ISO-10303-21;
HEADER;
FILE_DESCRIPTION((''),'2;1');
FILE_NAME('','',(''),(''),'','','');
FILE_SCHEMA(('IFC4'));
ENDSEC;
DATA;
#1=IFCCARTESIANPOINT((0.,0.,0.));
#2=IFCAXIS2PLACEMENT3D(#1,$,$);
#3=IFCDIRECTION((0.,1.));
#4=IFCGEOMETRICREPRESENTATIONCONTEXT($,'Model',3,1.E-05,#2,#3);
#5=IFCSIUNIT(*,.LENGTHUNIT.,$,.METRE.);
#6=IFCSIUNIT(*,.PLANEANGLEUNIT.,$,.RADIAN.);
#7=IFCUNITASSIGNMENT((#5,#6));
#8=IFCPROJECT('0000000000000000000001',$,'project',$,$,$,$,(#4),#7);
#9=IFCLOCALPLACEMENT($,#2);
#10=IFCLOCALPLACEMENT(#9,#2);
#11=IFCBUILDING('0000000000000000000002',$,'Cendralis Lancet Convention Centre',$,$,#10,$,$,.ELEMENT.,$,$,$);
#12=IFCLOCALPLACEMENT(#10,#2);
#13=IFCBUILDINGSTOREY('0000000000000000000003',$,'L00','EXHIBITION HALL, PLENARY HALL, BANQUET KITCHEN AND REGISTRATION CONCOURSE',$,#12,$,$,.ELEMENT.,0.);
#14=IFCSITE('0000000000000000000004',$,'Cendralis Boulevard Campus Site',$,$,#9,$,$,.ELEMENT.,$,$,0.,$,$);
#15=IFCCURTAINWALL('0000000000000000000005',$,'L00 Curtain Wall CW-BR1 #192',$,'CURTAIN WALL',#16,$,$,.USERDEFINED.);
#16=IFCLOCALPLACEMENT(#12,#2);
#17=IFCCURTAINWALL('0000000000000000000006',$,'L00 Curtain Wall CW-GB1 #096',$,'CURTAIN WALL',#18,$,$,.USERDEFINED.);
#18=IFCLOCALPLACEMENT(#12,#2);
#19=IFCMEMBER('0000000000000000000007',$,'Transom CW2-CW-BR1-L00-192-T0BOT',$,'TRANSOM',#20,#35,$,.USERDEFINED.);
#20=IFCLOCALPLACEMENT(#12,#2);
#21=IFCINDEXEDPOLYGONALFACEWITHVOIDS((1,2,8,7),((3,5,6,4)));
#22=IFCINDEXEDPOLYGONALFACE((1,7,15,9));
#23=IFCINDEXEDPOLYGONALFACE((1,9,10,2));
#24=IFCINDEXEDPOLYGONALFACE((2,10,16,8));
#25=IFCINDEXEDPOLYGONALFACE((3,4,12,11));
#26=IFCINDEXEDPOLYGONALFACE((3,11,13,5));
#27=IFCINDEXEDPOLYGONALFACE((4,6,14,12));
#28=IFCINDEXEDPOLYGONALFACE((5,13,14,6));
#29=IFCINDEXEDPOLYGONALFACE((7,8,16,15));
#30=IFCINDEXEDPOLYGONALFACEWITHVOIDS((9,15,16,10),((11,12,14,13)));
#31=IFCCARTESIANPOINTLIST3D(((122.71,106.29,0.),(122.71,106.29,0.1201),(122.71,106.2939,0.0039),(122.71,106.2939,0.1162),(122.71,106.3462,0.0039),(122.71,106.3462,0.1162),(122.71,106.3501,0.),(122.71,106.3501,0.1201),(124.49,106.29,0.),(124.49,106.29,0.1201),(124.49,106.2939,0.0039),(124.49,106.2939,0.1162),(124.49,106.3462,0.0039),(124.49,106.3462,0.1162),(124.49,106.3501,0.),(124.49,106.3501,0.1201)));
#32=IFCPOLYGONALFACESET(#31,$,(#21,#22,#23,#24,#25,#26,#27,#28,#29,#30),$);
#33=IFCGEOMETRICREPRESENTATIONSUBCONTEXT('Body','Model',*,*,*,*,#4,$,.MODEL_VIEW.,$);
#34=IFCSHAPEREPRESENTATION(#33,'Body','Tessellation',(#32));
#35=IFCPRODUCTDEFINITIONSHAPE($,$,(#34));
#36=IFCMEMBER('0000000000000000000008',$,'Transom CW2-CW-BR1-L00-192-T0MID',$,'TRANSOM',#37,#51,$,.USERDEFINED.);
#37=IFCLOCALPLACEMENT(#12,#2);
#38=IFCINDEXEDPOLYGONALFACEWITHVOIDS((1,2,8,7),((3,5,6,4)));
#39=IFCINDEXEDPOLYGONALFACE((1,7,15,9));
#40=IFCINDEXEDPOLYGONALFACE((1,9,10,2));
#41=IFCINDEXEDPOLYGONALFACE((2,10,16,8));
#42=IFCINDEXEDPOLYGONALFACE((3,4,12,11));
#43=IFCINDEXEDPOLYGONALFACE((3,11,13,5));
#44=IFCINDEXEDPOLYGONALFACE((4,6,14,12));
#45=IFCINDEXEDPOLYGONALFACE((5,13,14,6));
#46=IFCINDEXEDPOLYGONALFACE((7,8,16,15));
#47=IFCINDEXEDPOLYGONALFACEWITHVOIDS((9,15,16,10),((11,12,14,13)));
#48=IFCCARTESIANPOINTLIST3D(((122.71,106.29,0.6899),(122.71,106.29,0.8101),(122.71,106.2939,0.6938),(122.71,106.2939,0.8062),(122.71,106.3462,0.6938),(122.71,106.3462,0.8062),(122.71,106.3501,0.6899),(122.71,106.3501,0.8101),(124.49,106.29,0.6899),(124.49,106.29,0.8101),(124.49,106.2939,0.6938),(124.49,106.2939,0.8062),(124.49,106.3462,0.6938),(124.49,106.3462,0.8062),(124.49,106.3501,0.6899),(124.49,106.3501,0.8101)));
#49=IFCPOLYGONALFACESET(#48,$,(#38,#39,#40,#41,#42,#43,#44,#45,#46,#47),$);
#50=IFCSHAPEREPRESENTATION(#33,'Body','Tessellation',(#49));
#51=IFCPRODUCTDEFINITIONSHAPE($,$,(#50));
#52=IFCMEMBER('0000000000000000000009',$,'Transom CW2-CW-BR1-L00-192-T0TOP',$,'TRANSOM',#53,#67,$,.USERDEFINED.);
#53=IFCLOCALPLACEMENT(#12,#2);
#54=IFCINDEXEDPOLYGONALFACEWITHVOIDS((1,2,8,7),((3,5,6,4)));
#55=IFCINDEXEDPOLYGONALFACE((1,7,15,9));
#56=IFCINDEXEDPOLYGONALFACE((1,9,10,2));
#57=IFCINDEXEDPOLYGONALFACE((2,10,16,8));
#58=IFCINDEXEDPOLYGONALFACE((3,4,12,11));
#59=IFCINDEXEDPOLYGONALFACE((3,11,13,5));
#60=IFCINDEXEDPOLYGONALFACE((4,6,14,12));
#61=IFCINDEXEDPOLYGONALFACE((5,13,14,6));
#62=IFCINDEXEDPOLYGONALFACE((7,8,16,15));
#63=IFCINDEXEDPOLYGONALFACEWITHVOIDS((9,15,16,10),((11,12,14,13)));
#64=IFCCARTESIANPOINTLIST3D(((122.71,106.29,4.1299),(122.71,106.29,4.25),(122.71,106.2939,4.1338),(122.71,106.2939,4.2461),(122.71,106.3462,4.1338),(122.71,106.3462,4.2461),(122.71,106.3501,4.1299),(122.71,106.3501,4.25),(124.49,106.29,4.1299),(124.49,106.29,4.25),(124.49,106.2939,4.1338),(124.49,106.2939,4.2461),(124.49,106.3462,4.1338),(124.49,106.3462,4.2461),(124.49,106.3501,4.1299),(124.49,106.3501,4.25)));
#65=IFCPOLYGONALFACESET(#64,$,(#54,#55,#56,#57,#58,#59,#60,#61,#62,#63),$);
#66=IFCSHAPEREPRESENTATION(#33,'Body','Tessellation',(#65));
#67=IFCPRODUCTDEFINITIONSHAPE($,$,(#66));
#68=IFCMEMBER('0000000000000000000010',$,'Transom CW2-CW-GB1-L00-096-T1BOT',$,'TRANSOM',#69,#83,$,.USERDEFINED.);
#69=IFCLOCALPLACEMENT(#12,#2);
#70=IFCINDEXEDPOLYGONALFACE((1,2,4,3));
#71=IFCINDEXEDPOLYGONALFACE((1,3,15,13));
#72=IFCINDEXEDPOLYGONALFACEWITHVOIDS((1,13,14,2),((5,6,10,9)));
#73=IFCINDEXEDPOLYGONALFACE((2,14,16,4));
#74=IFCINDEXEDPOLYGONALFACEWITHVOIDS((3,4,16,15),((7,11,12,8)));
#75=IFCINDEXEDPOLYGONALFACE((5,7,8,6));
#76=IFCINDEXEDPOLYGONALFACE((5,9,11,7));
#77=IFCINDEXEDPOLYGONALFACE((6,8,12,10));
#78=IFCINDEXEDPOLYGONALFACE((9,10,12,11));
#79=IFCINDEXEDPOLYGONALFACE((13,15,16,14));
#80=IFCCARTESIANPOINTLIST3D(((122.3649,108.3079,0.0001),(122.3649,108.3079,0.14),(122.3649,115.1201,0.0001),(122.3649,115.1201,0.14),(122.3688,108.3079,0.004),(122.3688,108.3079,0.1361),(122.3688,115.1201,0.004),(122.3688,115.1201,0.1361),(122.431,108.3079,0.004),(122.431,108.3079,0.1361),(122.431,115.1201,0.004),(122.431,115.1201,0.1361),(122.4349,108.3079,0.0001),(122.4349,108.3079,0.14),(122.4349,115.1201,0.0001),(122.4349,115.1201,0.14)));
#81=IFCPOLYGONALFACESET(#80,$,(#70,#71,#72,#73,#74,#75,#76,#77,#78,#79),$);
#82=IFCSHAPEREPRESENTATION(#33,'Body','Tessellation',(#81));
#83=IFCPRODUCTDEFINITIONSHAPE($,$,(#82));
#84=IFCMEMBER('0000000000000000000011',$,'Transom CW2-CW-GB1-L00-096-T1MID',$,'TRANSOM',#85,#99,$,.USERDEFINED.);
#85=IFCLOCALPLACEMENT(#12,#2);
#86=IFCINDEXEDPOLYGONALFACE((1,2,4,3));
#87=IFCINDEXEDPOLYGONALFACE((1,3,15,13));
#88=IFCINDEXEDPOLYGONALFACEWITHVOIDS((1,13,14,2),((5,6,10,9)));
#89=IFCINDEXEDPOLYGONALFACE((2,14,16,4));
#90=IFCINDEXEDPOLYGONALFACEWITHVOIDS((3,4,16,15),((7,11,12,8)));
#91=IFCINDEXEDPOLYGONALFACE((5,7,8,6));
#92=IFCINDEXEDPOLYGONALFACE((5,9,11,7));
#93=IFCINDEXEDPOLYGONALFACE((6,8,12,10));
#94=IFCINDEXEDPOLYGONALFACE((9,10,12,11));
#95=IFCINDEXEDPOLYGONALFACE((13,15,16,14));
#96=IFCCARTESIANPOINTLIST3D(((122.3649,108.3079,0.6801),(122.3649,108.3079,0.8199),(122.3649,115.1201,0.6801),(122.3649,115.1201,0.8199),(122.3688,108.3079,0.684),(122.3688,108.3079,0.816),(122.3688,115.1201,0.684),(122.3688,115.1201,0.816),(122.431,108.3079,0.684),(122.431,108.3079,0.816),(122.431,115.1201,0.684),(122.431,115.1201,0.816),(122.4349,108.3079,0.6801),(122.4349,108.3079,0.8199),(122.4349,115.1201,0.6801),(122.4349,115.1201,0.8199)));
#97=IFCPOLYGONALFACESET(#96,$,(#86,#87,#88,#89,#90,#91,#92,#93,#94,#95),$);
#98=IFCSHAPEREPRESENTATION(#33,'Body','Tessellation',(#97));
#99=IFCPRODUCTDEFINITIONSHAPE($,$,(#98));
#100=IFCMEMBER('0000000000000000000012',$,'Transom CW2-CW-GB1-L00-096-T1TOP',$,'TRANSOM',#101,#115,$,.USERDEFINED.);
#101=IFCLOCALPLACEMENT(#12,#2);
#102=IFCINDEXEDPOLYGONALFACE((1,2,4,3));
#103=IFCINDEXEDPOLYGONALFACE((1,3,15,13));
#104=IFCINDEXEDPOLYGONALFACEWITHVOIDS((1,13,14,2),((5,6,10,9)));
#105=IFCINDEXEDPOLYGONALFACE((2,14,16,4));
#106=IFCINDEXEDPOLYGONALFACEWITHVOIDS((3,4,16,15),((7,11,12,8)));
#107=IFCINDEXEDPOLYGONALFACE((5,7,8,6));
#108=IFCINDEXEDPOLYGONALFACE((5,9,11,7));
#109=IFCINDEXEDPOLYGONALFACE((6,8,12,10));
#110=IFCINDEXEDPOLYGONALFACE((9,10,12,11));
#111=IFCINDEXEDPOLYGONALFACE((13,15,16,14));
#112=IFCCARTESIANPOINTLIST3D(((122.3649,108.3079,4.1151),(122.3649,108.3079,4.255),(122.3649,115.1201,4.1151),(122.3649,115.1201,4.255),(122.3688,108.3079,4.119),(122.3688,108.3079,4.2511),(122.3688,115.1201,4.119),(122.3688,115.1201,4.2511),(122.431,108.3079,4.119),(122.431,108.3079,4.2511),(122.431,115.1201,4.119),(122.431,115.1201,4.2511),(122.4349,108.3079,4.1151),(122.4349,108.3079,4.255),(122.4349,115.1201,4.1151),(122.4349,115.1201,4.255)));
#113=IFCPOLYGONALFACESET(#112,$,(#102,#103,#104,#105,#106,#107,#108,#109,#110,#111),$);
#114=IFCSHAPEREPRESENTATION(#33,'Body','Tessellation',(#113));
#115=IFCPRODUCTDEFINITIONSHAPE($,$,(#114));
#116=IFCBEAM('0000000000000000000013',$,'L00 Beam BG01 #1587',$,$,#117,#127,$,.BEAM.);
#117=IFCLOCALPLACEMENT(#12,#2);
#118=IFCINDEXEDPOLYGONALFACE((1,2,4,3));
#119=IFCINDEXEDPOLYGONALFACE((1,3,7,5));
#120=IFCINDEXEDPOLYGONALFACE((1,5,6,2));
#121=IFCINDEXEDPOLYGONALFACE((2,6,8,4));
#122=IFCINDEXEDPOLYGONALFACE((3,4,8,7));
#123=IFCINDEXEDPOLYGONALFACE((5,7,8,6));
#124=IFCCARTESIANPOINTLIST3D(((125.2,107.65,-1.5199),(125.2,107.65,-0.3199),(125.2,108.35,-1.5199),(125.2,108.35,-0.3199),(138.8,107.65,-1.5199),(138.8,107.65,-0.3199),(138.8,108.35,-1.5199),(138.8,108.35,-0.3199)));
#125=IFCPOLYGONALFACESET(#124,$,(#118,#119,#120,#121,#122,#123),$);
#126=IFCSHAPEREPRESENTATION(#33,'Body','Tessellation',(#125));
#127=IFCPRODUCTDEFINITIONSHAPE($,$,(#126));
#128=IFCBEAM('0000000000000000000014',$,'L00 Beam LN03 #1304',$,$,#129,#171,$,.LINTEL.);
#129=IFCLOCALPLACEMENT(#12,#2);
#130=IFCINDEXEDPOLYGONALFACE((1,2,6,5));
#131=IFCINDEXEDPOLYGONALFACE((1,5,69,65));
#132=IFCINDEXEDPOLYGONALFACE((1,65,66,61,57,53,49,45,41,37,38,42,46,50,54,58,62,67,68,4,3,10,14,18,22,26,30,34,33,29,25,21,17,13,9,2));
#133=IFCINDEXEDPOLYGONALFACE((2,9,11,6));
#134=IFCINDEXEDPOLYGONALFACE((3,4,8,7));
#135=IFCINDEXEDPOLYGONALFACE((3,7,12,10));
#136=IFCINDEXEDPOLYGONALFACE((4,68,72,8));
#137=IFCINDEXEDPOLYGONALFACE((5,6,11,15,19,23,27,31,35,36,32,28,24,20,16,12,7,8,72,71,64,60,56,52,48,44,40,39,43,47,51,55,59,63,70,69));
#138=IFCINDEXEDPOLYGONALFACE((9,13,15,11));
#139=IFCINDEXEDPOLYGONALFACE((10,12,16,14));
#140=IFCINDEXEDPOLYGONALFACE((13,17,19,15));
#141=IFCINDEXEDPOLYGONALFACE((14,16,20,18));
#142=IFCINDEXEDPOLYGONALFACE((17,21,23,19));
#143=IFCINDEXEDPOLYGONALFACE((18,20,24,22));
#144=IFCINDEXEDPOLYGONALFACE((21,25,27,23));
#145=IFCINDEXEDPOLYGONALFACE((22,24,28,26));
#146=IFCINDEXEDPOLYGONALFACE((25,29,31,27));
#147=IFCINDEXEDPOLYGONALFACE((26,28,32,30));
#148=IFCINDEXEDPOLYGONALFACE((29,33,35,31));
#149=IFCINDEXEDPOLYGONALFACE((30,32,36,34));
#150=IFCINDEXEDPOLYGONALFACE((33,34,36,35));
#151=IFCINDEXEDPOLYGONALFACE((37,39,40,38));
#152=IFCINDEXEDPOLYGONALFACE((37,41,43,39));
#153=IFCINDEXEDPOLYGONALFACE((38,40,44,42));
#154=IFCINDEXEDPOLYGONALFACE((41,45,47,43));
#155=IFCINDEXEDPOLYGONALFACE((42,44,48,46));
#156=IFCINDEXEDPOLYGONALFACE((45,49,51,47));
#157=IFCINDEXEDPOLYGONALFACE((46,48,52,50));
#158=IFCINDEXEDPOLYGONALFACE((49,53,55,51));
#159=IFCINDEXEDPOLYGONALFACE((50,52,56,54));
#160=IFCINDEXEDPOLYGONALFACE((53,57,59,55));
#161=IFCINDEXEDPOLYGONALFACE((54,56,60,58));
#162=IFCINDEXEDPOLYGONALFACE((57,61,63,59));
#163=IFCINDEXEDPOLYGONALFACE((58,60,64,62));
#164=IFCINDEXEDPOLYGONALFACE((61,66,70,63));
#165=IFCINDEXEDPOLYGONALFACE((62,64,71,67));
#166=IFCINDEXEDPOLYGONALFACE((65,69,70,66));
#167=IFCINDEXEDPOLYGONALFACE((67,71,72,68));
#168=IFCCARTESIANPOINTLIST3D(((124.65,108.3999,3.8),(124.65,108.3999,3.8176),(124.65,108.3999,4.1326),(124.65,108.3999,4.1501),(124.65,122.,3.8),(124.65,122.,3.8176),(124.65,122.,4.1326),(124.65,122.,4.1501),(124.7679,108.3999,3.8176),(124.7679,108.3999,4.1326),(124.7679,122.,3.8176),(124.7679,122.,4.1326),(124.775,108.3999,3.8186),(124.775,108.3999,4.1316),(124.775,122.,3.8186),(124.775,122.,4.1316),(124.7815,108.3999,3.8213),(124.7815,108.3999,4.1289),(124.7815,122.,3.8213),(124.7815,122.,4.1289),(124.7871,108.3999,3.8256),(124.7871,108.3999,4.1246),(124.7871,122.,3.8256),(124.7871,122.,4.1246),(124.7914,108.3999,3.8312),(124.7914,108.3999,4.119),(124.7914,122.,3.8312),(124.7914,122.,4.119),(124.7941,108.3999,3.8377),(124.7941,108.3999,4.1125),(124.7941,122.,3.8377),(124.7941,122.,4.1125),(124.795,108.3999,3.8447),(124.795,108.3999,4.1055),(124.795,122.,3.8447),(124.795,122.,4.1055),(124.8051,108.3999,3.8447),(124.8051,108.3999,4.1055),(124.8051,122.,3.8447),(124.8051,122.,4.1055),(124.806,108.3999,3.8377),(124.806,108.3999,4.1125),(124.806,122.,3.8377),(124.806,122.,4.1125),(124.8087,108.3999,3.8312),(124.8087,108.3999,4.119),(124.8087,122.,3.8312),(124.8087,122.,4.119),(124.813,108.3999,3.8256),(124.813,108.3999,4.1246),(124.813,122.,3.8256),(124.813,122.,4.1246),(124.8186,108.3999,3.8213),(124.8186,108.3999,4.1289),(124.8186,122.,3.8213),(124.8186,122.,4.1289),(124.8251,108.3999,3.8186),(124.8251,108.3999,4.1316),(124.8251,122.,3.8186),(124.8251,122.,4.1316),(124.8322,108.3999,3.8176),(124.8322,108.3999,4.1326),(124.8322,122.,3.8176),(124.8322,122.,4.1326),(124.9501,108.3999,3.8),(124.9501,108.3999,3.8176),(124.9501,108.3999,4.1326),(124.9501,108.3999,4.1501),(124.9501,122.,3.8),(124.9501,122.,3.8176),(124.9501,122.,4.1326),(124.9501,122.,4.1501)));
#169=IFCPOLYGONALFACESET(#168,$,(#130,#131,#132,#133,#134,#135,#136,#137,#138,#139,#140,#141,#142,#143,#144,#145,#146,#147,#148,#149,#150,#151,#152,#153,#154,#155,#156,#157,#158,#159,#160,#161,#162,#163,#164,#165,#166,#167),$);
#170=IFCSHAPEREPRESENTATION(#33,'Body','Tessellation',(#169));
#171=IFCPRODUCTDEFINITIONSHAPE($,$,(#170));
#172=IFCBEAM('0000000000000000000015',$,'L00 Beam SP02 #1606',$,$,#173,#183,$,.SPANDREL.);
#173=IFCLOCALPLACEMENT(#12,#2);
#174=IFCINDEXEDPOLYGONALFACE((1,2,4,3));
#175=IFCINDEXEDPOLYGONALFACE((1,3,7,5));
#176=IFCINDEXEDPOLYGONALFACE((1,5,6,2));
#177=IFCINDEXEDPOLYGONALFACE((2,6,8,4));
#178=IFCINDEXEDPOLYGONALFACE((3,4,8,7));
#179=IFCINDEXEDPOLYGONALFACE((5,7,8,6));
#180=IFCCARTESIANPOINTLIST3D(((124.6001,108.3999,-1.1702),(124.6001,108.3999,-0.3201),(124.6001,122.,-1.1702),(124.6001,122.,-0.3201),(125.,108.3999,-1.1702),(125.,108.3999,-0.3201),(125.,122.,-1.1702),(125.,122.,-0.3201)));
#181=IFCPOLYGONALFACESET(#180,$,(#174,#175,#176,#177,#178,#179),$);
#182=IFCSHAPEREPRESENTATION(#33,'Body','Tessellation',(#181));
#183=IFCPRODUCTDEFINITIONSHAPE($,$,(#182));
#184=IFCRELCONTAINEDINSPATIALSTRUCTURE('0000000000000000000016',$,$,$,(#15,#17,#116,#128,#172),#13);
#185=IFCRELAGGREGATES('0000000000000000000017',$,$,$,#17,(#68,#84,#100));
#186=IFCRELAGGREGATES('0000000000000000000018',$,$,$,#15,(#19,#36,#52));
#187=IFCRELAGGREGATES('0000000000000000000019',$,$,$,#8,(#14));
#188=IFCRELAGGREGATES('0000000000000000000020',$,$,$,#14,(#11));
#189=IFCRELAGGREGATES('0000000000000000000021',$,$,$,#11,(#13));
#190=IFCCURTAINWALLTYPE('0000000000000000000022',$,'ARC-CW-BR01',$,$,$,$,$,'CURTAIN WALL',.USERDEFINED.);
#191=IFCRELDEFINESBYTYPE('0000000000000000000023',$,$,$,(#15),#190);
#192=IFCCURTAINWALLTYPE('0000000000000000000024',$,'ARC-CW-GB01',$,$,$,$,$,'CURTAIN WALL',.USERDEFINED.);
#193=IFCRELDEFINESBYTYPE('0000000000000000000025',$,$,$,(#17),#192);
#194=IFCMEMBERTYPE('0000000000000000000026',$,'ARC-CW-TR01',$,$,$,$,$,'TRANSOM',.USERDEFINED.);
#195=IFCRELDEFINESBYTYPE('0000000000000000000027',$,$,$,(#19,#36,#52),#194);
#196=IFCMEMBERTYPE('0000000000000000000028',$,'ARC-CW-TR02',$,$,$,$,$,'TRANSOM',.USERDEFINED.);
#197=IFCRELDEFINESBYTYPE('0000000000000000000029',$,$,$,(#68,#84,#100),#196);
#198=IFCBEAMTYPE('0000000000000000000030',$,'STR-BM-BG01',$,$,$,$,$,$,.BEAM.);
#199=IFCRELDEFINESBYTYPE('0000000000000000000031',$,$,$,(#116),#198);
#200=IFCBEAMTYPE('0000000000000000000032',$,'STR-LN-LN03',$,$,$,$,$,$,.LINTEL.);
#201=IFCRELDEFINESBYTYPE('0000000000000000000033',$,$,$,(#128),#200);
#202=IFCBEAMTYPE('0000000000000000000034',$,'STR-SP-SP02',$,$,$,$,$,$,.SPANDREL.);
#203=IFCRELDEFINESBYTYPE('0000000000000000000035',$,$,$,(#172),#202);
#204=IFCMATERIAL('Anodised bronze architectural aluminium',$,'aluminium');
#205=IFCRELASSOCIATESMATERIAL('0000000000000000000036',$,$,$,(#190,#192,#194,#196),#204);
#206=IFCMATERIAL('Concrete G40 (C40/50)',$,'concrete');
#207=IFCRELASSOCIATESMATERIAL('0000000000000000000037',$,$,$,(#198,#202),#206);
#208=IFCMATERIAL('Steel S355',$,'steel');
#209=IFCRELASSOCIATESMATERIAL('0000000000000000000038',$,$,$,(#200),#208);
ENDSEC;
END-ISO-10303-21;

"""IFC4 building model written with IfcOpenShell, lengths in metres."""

from ifc_helpers import new_model, si_unit, direction, frame, origin, origin_2d, place, context, subcontext, project, spatial, rectangle, hollow_rectangle, i_section, extrude, material, material_profile, profile_set, type_object, element, aggregate, save


model = new_model("IFC4")

# Units and contexts
model_context = context("Model", 3, precision=1e-05, world=origin(), true_north=direction((0.0, 1.0)))
body_context = subcontext(model_context, "Body", "Model", "MODEL_VIEW")
ifc_project = project(units=[si_unit("LENGTHUNIT", "METRE"), si_unit("PLANEANGLEUNIT", "RADIAN")], contexts=[model_context])

# Site, building, storey
site_placement = place(None, origin())
site = spatial("IfcSite", under=ifc_project, at=site_placement, Name="Cendralis Boulevard Campus Site", CompositionType="ELEMENT", RefElevation=0.0)
building_placement = place(site_placement, origin())
building = spatial("IfcBuilding", under=site, at=building_placement, Name="Cendralis Lancet Convention Centre", CompositionType="ELEMENT")
storey_placement = place(building_placement, origin())
storey = spatial("IfcBuildingStorey", under=building, at=storey_placement, Name="L00", Description="EXHIBITION HALL, PLENARY HALL, BANQUET KITCHEN AND REGISTRATION CONCOURSE", CompositionType="ELEMENT", Elevation=0.0)

# Shared definitions
ifc_material_1 = material(Name="Concrete G40 (C40/50)", Category="concrete")
ifc_material_2 = material(Name="Steel S355", Category="steel")

# Curtain walls
ifc_material_3 = material(Name="Anodised bronze architectural aluminium", Category="aluminium")
curtain_wall_type_1 = type_object("IfcCurtainWallType", Name="ARC-CW-BR01", ElementType="CURTAIN WALL", PredefinedType="USERDEFINED", material=ifc_material_3)
curtain_wall_1_placement = place(storey_placement, origin())
curtain_wall_1 = element("IfcCurtainWall", 1, at=curtain_wall_1_placement, inside=storey, type_object=curtain_wall_type_1, Name="L00 Curtain Wall CW-BR1 #192", ObjectType="CURTAIN WALL", PredefinedType="USERDEFINED")
curtain_wall_type_2 = type_object("IfcCurtainWallType", Name="ARC-CW-GB01", ElementType="CURTAIN WALL", PredefinedType="USERDEFINED", material=ifc_material_3)
curtain_wall_2_placement = place(storey_placement, origin())
curtain_wall_2 = element("IfcCurtainWall", 2, at=curtain_wall_2_placement, inside=storey, type_object=curtain_wall_type_2, Name="L00 Curtain Wall CW-GB1 #096", ObjectType="CURTAIN WALL", PredefinedType="USERDEFINED")

# Members
ifc_material_profile_1 = material_profile(ifc_material_3, hollow_rectangle(XDim=0.0601, YDim=0.1201, WallThickness=0.0039, at=origin_2d()), Name="AL-TRAN 60x120x4.0")
ifc_profile_set_1 = profile_set([ifc_material_profile_1], Name="Anodised bronze architectural aluminium")
member_type_1 = type_object("IfcMemberType", Name="ARC-CW-TR01", ElementType="TRANSOM", PredefinedType="USERDEFINED", material=ifc_profile_set_1)
member_1_placement = place(storey_placement, frame((122.71, 106.3201, 0.0601), z_axis=(1.0, 0.0, 0.0), x_axis=(0.0, 1.0, 0.0)))
member_1 = element("IfcMember", 3, at=member_1_placement, type_object=member_type_1, Name="Transom CW2-CW-BR1-L00-192-T0BOT", ObjectType="TRANSOM", PredefinedType="USERDEFINED", context=body_context, shape_type="SweptSolid", body=[
    extrude(hollow_rectangle(XDim=0.0601, YDim=0.1201, WallThickness=0.0039, at=origin_2d()), origin(), (0.0, 0.0, 1.0), 1.78),
])
member_2_placement = place(storey_placement, frame((122.71, 106.3201, 0.75), z_axis=(1.0, 0.0, 0.0), x_axis=(0.0, 1.0, 0.0)))
member_2 = element("IfcMember", 4, at=member_2_placement, type_object=member_type_1, Name="Transom CW2-CW-BR1-L00-192-T0MID", ObjectType="TRANSOM", PredefinedType="USERDEFINED", context=body_context, shape_type="SweptSolid", body=[
    extrude(hollow_rectangle(XDim=0.0601, YDim=0.1201, WallThickness=0.0039, at=origin_2d()), origin(), (0.0, 0.0, 1.0), 1.78),
])
member_3_placement = place(storey_placement, frame((122.71, 106.3201, 4.1899), z_axis=(1.0, 0.0, 0.0), x_axis=(0.0, 1.0, 0.0)))
member_3 = element("IfcMember", 5, at=member_3_placement, type_object=member_type_1, Name="Transom CW2-CW-BR1-L00-192-T0TOP", ObjectType="TRANSOM", PredefinedType="USERDEFINED", context=body_context, shape_type="SweptSolid", body=[
    extrude(hollow_rectangle(XDim=0.0601, YDim=0.1201, WallThickness=0.0039, at=origin_2d()), origin(), (0.0, 0.0, 1.0), 1.78),
])
ifc_material_profile_2 = material_profile(ifc_material_3, hollow_rectangle(XDim=0.0701, YDim=0.1399, WallThickness=0.0039, at=origin_2d()), Name="AL-TRAN 70x140x4.0")
ifc_profile_set_2 = profile_set([ifc_material_profile_2], Name="Anodised bronze architectural aluminium")
member_type_2 = type_object("IfcMemberType", Name="ARC-CW-TR02", ElementType="TRANSOM", PredefinedType="USERDEFINED", material=ifc_profile_set_2)
member_4_placement = place(storey_placement, frame((122.3999, 115.1201, 0.0701), z_axis=(0.0, -1.0, 0.0), x_axis=(1.0, 0.0, 0.0)))
member_4 = element("IfcMember", 6, at=member_4_placement, type_object=member_type_2, Name="Transom CW2-CW-GB1-L00-096-T1BOT", ObjectType="TRANSOM", PredefinedType="USERDEFINED", context=body_context, shape_type="SweptSolid", body=[
    extrude(hollow_rectangle(XDim=0.0701, YDim=0.1399, WallThickness=0.0039, at=origin_2d()), origin(), (0.0, 0.0, 1.0), 6.8123),
])
member_5_placement = place(storey_placement, frame((122.3999, 115.1201, 0.75), z_axis=(0.0, -1.0, 0.0), x_axis=(1.0, 0.0, 0.0)))
member_5 = element("IfcMember", 7, at=member_5_placement, type_object=member_type_2, Name="Transom CW2-CW-GB1-L00-096-T1MID", ObjectType="TRANSOM", PredefinedType="USERDEFINED", context=body_context, shape_type="SweptSolid", body=[
    extrude(hollow_rectangle(XDim=0.0701, YDim=0.1399, WallThickness=0.0039, at=origin_2d()), origin(), (0.0, 0.0, 1.0), 6.8123),
])
member_6_placement = place(storey_placement, frame((122.3999, 115.1201, 4.1851), z_axis=(0.0, -1.0, 0.0), x_axis=(1.0, 0.0, 0.0)))
member_6 = element("IfcMember", 8, at=member_6_placement, type_object=member_type_2, Name="Transom CW2-CW-GB1-L00-096-T1TOP", ObjectType="TRANSOM", PredefinedType="USERDEFINED", context=body_context, shape_type="SweptSolid", body=[
    extrude(hollow_rectangle(XDim=0.0701, YDim=0.1399, WallThickness=0.0039, at=origin_2d()), origin(), (0.0, 0.0, 1.0), 6.8123),
])

# Beams
ifc_material_profile_3 = material_profile(ifc_material_1, rectangle(XDim=0.7, YDim=1.2, at=origin_2d()), Name="RCB 700x1200")
ifc_profile_set_3 = profile_set([ifc_material_profile_3], Name="Concrete G40 (C40/50)")
beam_type_1 = type_object("IfcBeamType", Name="STR-BM-BG01", PredefinedType="BEAM", material=ifc_profile_set_3)
beam_1_placement = place(storey_placement, frame((125.2, 108.0, -0.9199), z_axis=(1.0, 0.0, 0.0), x_axis=(0.0, 1.0, 0.0)))
element("IfcBeam", 9, at=beam_1_placement, inside=storey, type_object=beam_type_1, Name="L00 Beam BG01 #1587", PredefinedType="BEAM", context=body_context, shape_type="SweptSolid", body=[
    extrude(rectangle(XDim=0.7, YDim=1.2, at=origin_2d()), origin(), (0.0, 0.0, 1.0), 13.6001),
])
ifc_material_profile_4 = material_profile(ifc_material_2, i_section(OverallWidth=0.3, OverallDepth=0.3501, WebThickness=0.01, FlangeThickness=0.0176, FilletRadius=0.0271, at=origin_2d()), Name="HEA 360")
ifc_profile_set_4 = profile_set([ifc_material_profile_4], Name="Steel S355")
beam_type_2 = type_object("IfcBeamType", Name="STR-LN-LN03", PredefinedType="LINTEL", material=ifc_profile_set_4)
beam_2_placement = place(storey_placement, frame((124.8, 108.3999, 3.9751), z_axis=(0.0, 1.0, 0.0), x_axis=(-1.0, 0.0, 0.0)))
element("IfcBeam", 10, at=beam_2_placement, inside=storey, type_object=beam_type_2, Name="L00 Beam LN03 #1304", PredefinedType="LINTEL", context=body_context, shape_type="SweptSolid", body=[
    extrude(i_section(OverallWidth=0.3, OverallDepth=0.3501, WebThickness=0.01, FlangeThickness=0.0176, FilletRadius=0.0271, at=origin_2d()), origin(), (0.0, 0.0, 1.0), 13.6001),
])
ifc_material_profile_5 = material_profile(ifc_material_1, rectangle(XDim=0.3999, YDim=0.8501, at=origin_2d()), Name="RCB 400x850")
ifc_profile_set_5 = profile_set([ifc_material_profile_5], Name="Concrete G40 (C40/50)")
beam_type_3 = type_object("IfcBeamType", Name="STR-SP-SP02", PredefinedType="SPANDREL", material=ifc_profile_set_5)
beam_3_placement = place(storey_placement, frame((124.8, 108.3999, -0.7451), z_axis=(0.0, 1.0, 0.0), x_axis=(-1.0, 0.0, 0.0)))
element("IfcBeam", 11, at=beam_3_placement, inside=storey, type_object=beam_type_3, Name="L00 Beam SP02 #1606", PredefinedType="SPANDREL", context=body_context, shape_type="SweptSolid", body=[
    extrude(rectangle(XDim=0.3999, YDim=0.8501, at=origin_2d()), origin(), (0.0, 0.0, 1.0), 13.6001),
])

aggregate(curtain_wall_2, [member_4, member_5, member_6])
aggregate(curtain_wall_1, [member_1, member_2, member_3])

save(model, "model.ifc")
